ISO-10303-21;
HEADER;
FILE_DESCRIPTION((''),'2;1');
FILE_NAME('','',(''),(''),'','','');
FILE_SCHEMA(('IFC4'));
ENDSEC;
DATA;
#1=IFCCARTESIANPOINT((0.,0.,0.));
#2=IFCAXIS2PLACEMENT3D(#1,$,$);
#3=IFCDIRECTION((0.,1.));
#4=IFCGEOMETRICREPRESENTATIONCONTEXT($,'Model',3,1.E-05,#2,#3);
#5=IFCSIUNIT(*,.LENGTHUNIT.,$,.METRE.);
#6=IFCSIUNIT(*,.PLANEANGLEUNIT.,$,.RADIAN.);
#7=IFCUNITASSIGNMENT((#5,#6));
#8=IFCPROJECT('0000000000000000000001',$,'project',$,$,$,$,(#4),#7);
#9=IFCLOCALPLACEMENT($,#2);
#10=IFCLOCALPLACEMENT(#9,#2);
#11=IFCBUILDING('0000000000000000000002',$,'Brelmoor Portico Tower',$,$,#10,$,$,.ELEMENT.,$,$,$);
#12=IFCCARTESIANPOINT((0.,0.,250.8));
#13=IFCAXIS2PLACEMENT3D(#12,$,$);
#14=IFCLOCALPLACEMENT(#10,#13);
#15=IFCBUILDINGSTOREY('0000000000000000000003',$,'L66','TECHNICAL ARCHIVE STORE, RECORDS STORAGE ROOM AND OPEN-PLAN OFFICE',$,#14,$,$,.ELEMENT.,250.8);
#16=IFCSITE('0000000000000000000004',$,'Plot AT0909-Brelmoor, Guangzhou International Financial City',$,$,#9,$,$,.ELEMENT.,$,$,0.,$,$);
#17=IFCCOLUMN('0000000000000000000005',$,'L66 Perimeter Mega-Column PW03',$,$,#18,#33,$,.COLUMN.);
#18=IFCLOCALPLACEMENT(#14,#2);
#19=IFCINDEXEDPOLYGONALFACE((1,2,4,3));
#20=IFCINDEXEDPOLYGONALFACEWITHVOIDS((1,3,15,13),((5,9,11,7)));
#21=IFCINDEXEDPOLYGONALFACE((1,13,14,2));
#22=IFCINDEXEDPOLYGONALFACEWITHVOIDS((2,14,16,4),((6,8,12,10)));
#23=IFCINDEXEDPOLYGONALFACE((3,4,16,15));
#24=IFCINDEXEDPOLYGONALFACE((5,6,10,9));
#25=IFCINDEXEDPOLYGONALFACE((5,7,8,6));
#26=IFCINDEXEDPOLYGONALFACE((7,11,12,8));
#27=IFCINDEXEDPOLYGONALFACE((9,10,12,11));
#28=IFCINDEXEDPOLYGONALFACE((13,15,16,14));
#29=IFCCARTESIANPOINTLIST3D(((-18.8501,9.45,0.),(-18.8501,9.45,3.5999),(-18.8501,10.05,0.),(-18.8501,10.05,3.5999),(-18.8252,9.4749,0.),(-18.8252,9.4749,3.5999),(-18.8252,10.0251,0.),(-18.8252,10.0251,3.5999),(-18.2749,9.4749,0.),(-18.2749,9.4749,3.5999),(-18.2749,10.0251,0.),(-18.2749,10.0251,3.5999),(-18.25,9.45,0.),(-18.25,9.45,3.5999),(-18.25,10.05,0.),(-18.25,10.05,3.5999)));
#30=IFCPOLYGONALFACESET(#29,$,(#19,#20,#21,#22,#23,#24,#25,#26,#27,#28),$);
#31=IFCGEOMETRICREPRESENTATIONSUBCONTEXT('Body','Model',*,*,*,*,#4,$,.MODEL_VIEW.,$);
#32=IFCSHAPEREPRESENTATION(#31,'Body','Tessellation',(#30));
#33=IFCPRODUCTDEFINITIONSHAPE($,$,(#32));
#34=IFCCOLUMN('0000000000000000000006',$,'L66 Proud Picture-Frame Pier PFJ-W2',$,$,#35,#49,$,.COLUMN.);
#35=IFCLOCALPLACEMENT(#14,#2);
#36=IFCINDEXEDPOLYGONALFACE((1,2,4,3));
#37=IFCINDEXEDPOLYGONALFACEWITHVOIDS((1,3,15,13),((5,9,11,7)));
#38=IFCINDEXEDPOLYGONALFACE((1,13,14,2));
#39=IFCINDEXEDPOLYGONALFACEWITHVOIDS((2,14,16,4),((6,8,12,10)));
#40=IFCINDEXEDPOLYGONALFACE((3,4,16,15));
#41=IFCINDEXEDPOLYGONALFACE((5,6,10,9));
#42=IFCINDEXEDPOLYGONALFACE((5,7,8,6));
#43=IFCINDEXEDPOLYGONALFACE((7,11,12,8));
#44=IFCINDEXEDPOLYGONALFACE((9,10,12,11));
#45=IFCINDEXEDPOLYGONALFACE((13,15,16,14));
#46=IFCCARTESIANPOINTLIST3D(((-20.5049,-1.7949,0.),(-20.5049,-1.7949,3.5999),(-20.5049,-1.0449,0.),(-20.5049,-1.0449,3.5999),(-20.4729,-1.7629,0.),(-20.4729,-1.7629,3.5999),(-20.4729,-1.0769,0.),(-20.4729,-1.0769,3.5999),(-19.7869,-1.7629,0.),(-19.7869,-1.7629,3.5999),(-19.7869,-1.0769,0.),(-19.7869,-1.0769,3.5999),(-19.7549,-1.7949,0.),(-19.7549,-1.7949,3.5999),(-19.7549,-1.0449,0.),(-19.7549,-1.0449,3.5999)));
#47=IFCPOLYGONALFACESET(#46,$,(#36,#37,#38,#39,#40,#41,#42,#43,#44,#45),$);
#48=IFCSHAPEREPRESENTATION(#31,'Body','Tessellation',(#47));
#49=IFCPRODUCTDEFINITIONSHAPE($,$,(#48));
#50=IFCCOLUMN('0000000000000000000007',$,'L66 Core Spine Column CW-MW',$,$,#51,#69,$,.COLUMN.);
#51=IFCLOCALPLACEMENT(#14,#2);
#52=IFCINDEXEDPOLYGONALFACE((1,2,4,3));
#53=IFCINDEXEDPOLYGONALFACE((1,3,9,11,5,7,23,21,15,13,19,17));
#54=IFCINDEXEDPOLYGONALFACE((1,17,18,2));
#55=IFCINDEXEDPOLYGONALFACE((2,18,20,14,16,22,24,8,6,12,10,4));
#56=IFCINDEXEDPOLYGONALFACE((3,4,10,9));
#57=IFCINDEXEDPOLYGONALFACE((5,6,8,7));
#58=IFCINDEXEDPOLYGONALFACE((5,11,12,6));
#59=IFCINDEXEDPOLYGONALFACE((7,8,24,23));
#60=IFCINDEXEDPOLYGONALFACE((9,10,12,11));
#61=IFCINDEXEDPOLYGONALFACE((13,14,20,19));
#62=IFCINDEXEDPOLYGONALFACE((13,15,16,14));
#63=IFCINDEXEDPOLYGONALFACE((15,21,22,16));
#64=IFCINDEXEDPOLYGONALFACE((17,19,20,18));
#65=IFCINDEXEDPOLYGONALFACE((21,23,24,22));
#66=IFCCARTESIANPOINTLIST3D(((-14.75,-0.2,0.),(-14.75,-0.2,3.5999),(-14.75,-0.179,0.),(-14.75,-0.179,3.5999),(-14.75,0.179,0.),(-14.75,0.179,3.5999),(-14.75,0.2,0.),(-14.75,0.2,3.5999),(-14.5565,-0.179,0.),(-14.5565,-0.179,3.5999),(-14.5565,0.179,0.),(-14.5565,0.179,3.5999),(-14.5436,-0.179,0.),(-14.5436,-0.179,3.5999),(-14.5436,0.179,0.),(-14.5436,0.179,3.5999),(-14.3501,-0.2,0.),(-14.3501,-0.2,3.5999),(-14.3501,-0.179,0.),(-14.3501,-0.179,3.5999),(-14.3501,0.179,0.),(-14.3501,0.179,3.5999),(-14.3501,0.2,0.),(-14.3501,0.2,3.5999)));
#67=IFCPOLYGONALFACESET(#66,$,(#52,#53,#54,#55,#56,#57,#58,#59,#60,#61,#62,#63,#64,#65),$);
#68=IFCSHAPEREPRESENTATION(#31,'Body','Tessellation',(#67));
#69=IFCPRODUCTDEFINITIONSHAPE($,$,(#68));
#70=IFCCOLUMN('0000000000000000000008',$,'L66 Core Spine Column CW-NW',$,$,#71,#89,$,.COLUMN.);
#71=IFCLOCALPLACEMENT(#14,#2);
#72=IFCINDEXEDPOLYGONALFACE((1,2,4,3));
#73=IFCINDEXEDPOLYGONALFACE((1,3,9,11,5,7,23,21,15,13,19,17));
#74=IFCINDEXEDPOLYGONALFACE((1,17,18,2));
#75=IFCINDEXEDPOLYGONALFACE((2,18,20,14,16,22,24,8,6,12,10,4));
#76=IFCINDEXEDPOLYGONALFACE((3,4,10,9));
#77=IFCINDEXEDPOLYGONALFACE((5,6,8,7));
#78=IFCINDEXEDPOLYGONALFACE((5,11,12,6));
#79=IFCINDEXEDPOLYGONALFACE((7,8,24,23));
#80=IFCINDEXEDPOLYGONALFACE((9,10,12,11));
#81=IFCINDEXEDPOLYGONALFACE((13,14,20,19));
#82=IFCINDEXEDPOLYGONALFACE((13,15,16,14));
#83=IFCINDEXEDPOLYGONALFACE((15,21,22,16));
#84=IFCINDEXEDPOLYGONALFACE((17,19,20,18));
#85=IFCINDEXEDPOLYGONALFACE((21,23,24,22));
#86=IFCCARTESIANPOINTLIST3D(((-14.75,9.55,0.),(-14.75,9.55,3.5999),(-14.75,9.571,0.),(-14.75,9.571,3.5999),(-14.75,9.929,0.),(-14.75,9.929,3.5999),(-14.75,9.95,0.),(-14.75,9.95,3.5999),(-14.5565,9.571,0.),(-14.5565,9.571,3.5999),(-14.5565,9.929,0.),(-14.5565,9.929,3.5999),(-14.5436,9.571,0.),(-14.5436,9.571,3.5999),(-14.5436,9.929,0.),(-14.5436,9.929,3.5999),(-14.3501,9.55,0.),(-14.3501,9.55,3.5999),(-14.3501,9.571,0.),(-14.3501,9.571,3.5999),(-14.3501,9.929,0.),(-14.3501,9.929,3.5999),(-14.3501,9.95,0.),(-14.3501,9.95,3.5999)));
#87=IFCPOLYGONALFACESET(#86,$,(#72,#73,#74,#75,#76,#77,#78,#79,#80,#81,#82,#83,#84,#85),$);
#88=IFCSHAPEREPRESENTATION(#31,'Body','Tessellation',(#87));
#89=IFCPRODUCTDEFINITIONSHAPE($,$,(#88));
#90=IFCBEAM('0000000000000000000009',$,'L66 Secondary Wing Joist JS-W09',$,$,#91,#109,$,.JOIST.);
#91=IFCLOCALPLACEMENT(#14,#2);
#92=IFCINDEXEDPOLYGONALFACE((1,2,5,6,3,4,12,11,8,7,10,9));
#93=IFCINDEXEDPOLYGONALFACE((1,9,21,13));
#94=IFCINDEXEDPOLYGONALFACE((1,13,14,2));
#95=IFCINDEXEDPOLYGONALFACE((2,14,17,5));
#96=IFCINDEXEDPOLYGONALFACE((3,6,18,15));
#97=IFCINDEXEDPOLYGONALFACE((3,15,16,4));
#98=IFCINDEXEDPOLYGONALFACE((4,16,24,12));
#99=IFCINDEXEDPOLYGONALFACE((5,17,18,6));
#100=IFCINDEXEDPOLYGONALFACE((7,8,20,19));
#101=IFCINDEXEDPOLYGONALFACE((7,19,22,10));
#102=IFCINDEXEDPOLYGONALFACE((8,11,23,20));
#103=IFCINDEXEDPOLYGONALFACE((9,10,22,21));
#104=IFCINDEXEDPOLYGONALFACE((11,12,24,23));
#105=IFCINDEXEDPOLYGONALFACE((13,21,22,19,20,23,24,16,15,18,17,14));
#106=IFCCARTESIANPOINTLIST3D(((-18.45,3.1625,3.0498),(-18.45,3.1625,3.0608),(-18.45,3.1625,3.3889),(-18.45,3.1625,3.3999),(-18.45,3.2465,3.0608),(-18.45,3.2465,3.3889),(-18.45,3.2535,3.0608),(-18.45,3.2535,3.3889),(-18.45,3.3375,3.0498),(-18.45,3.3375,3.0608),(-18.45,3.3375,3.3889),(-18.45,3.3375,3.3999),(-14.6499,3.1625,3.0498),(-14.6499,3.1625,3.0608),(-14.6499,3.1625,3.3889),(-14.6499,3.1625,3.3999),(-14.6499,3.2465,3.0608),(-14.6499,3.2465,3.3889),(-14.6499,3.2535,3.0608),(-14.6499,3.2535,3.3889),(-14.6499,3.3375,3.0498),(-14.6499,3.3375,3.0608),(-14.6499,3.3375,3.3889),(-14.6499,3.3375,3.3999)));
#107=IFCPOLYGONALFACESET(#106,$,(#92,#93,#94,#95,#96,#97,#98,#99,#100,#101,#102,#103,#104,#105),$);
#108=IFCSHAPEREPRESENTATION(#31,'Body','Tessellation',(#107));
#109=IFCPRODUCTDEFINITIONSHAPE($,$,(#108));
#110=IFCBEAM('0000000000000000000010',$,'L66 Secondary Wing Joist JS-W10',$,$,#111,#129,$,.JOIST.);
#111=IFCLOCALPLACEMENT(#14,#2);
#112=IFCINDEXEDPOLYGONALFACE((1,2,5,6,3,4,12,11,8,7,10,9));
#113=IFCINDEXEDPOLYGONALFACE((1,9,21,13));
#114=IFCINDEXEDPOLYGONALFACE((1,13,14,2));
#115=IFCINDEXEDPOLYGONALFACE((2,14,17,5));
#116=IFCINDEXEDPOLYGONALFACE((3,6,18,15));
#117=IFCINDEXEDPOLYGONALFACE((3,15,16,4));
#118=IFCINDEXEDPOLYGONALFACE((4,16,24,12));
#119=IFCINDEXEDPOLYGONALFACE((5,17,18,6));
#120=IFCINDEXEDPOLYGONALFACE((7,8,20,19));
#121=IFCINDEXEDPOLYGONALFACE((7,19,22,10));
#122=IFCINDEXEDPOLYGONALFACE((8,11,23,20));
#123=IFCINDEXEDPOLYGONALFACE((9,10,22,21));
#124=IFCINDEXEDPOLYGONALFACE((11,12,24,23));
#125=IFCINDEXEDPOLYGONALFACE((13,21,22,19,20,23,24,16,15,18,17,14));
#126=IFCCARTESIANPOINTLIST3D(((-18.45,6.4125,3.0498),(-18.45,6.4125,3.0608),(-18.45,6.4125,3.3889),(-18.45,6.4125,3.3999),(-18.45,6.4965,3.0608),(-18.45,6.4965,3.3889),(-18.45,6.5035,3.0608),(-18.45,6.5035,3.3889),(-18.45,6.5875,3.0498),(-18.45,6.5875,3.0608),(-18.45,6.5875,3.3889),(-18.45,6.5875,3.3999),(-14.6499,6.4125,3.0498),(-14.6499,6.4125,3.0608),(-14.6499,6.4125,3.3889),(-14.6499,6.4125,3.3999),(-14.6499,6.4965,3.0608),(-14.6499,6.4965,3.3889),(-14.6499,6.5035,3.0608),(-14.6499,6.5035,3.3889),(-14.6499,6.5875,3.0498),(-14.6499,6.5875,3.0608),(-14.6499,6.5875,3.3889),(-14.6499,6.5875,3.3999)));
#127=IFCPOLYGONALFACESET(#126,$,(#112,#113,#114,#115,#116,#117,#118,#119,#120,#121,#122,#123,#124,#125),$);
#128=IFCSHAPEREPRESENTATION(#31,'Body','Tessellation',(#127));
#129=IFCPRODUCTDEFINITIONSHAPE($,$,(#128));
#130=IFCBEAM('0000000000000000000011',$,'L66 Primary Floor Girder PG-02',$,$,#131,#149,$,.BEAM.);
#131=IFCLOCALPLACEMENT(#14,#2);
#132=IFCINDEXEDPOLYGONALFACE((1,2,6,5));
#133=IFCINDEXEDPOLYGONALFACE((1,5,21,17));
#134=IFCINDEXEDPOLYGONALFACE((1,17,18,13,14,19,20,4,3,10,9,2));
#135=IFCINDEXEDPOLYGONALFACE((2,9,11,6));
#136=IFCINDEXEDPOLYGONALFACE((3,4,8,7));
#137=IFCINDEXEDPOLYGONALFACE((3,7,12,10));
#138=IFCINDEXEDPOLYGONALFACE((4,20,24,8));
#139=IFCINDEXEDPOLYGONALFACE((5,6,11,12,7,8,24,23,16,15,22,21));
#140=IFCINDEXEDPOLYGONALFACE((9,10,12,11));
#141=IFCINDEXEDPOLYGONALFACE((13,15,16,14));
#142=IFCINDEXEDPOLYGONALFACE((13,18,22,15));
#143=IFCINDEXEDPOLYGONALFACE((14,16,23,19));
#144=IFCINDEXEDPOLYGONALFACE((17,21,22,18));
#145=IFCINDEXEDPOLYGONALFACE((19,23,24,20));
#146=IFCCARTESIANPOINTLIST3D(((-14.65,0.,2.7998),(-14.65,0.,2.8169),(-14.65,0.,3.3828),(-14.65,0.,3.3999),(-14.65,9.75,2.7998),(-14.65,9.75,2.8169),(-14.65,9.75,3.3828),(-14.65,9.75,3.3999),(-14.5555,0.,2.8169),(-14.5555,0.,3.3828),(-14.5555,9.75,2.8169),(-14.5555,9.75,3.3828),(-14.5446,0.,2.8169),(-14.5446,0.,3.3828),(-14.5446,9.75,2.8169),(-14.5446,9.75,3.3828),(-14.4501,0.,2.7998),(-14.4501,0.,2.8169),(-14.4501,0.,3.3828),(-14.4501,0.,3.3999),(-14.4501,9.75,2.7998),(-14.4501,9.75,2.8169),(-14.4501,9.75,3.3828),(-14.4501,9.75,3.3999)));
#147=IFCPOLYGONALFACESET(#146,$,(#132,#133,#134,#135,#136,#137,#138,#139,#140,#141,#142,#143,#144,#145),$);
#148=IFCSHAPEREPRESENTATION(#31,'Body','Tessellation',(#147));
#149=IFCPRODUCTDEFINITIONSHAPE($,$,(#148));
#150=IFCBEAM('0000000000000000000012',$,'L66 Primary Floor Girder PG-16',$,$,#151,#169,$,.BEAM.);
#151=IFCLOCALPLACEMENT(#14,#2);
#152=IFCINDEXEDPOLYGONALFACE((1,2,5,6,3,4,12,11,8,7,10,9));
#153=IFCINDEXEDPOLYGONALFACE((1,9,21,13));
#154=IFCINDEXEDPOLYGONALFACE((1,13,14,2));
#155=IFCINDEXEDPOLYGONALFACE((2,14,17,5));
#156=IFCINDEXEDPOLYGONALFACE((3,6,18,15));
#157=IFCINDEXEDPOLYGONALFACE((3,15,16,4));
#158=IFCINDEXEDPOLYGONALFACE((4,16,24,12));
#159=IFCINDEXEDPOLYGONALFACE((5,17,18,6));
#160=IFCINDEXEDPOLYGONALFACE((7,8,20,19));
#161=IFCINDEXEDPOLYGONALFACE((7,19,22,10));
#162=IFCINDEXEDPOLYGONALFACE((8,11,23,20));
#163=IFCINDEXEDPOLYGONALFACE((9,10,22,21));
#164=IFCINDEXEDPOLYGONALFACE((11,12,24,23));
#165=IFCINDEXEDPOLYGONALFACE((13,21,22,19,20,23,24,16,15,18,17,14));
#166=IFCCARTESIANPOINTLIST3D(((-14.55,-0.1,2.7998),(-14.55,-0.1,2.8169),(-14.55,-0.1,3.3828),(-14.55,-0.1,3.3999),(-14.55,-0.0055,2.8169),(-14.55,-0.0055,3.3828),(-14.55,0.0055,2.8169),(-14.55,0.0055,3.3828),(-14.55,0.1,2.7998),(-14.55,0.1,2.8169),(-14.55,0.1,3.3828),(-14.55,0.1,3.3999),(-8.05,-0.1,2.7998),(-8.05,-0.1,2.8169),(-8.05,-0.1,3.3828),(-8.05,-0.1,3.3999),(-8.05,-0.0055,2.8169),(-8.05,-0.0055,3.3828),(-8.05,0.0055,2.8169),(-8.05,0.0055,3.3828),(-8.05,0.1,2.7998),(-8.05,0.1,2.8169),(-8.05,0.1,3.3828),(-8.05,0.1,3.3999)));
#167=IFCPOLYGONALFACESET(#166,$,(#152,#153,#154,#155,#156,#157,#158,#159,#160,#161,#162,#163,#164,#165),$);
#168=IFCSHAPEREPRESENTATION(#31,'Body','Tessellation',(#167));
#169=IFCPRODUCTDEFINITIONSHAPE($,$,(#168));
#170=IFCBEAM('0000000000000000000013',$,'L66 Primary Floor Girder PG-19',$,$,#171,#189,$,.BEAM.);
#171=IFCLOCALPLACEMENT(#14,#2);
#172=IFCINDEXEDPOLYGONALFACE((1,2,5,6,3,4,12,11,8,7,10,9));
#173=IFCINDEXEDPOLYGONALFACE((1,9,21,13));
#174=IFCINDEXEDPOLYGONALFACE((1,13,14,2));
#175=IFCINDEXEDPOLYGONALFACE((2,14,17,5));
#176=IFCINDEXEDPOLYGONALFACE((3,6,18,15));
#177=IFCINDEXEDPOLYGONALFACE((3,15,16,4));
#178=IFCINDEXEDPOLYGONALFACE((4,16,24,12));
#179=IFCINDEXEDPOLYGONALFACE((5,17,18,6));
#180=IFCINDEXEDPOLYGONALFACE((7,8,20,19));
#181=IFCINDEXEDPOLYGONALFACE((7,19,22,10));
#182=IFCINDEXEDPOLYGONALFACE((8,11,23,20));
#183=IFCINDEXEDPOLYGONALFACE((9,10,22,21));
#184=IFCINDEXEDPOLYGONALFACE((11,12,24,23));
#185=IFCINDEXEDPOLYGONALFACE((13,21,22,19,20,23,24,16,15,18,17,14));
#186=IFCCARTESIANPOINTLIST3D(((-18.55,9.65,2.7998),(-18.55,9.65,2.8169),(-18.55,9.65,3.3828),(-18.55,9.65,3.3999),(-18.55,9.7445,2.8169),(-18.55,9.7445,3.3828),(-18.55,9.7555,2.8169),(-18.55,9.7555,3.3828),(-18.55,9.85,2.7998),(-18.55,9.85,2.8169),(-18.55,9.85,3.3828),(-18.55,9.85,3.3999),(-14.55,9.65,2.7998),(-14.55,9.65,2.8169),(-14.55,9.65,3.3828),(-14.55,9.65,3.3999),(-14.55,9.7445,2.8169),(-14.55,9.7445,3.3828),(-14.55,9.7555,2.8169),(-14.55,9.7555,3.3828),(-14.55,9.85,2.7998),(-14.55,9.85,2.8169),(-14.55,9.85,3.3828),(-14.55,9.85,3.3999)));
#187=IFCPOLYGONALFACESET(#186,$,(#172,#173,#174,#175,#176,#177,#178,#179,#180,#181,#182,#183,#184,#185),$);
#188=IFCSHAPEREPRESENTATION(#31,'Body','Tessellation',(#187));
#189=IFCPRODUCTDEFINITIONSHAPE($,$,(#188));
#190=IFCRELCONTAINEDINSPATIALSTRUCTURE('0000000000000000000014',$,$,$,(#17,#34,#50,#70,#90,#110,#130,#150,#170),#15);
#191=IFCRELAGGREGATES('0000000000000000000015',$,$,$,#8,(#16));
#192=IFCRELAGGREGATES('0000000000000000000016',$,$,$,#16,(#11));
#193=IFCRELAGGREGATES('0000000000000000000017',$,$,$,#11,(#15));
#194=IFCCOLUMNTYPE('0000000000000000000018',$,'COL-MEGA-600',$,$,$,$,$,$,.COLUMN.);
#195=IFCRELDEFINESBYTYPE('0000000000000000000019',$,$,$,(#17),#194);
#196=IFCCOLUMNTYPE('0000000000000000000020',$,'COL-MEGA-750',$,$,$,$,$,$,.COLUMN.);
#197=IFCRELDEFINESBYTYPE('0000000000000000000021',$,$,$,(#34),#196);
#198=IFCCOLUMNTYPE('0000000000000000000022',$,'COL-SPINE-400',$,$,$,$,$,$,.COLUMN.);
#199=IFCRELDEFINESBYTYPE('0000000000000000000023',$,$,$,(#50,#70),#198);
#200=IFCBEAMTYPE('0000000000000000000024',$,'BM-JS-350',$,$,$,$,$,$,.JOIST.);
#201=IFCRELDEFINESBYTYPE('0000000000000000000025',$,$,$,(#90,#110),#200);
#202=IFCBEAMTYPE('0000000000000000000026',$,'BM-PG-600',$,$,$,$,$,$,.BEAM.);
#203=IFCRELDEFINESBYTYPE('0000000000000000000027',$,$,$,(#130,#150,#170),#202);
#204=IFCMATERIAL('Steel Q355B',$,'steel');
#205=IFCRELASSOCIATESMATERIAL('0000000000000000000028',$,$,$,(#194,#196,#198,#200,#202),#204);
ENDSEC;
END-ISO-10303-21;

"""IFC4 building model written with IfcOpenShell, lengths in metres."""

from ifc_helpers import new_model, si_unit, direction, frame, origin, origin_2d, place, context, subcontext, project, spatial, hollow_rectangle, i_section, extrude, material, material_profile, profile_set, type_object, element, save


model = new_model("IFC4")

# Units and contexts
model_context = context("Model", 3, precision=1e-05, world=origin(), true_north=direction((0.0, 1.0)))
body_context = subcontext(model_context, "Body", "Model", "MODEL_VIEW")
ifc_project = project(units=[si_unit("LENGTHUNIT", "METRE"), si_unit("PLANEANGLEUNIT", "RADIAN")], contexts=[model_context])

# Site, building, storey
site_placement = place(None, origin())
site = spatial("IfcSite", under=ifc_project, at=site_placement, Name="Plot AT0909-Brelmoor, Guangzhou International Financial City", CompositionType="ELEMENT", RefElevation=0.0)
building_placement = place(site_placement, origin())
building = spatial("IfcBuilding", under=site, at=building_placement, Name="Brelmoor Portico Tower", CompositionType="ELEMENT")
storey_placement = place(building_placement, frame((0.0, 0.0, 250.8)))
storey = spatial("IfcBuildingStorey", under=building, at=storey_placement, Name="L66", Description="TECHNICAL ARCHIVE STORE, RECORDS STORAGE ROOM AND OPEN-PLAN OFFICE", CompositionType="ELEMENT", Elevation=250.8)

# Columns
ifc_material_1 = material(Name="Steel Q355B", Category="steel")
ifc_material_profile_1 = material_profile(ifc_material_1, hollow_rectangle(XDim=0.6001, YDim=0.6001, WallThickness=0.0249, at=origin_2d()), Name="BOX 600x600x25")
ifc_profile_set_1 = profile_set([ifc_material_profile_1], Name="Steel Q355B")
column_type_1 = type_object("IfcColumnType", Name="COL-MEGA-600", PredefinedType="COLUMN", material=ifc_profile_set_1)
column_1_placement = place(storey_placement, frame((-18.55, 9.75, 0.0), z_axis=(0.0, 0.0, 1.0), x_axis=(0.0, 1.0, 0.0)))
element("IfcColumn", 1, at=column_1_placement, inside=storey, type_object=column_type_1, Name="L66 Perimeter Mega-Column PW03", PredefinedType="COLUMN", context=body_context, shape_type="SweptSolid", body=[
    extrude(hollow_rectangle(XDim=0.6001, YDim=0.6001, WallThickness=0.0249, at=origin_2d()), origin(), (0.0, 0.0, 1.0), 3.5999),
])
ifc_material_profile_2 = material_profile(ifc_material_1, hollow_rectangle(XDim=0.75, YDim=0.75, WallThickness=0.032, at=origin_2d()), Name="BOX 750x750x32")
ifc_profile_set_2 = profile_set([ifc_material_profile_2], Name="Steel Q355B")
column_type_2 = type_object("IfcColumnType", Name="COL-MEGA-750", PredefinedType="COLUMN", material=ifc_profile_set_2)
column_2_placement = place(storey_placement, frame((-20.1299, -1.4199, 0.0), z_axis=(0.0, 0.0, 1.0), x_axis=(0.0, 1.0, 0.0)))
element("IfcColumn", 2, at=column_2_placement, inside=storey, type_object=column_type_2, Name="L66 Proud Picture-Frame Pier PFJ-W2", PredefinedType="COLUMN", context=body_context, shape_type="SweptSolid", body=[
    extrude(hollow_rectangle(XDim=0.75, YDim=0.75, WallThickness=0.032, at=origin_2d()), origin(), (0.0, 0.0, 1.0), 3.5999),
])
ifc_material_profile_3 = material_profile(ifc_material_1, i_section(OverallWidth=0.3999, OverallDepth=0.3999, WebThickness=0.0129, FlangeThickness=0.021, at=origin_2d()), Name="HW 400x400x13x21")
ifc_profile_set_3 = profile_set([ifc_material_profile_3], Name="Steel Q355B")
column_type_3 = type_object("IfcColumnType", Name="COL-SPINE-400", PredefinedType="COLUMN", material=ifc_profile_set_3)
for number, where, z_axis, x_axis, name in (
    (3, (-14.55, 0.0, 0.0), (0.0, 0.0, 1.0), (1.0, 0.0, 0.0), "L66 Core Spine Column CW-MW"),
    (4, (-14.55, 9.75, 0.0), (0.0, 0.0, 1.0), (1.0, 0.0, 0.0), "L66 Core Spine Column CW-NW"),
):
    element("IfcColumn", number, at=place(storey_placement, frame(where, z_axis=z_axis, x_axis=x_axis)), inside=storey, type_object=column_type_3, Name=name, PredefinedType="COLUMN", context=body_context, shape_type="SweptSolid", body=[
        extrude(i_section(OverallWidth=0.3999, OverallDepth=0.3999, WebThickness=0.0129, FlangeThickness=0.021, at=origin_2d()), origin(), (0.0, 0.0, 1.0), 3.5999),
    ])

# Beams
ifc_material_profile_4 = material_profile(ifc_material_1, i_section(OverallWidth=0.175, OverallDepth=0.3501, WebThickness=0.0071, FlangeThickness=0.011, at=origin_2d()), Name="HN 350x175x7x11")
ifc_profile_set_4 = profile_set([ifc_material_profile_4], Name="Steel Q355B")
beam_type_1 = type_object("IfcBeamType", Name="BM-JS-350", PredefinedType="JOIST", material=ifc_profile_set_4)
for number, where, z_axis, x_axis, name in (
    (5, (-18.45, 3.25, 3.2249), (1.0, 0.0, 0.0), (0.0, 1.0, 0.0), "L66 Secondary Wing Joist JS-W09"),
    (6, (-18.45, 6.5, 3.2249), (1.0, 0.0, 0.0), (0.0, 1.0, 0.0), "L66 Secondary Wing Joist JS-W10"),
):
    element("IfcBeam", number, at=place(storey_placement, frame(where, z_axis=z_axis, x_axis=x_axis)), inside=storey, type_object=beam_type_1, Name=name, PredefinedType="JOIST", context=body_context, shape_type="SweptSolid", body=[
        extrude(i_section(OverallWidth=0.175, OverallDepth=0.3501, WebThickness=0.0071, FlangeThickness=0.011, at=origin_2d()), origin(), (0.0, 0.0, 1.0), 3.8),
    ])
ifc_material_profile_5 = material_profile(ifc_material_1, i_section(OverallWidth=0.2, OverallDepth=0.6001, WebThickness=0.011, FlangeThickness=0.0171, at=origin_2d()), Name="HN 600x200x11x17")
ifc_profile_set_5 = profile_set([ifc_material_profile_5], Name="Steel Q355B")
beam_type_2 = type_object("IfcBeamType", Name="BM-PG-600", PredefinedType="BEAM", material=ifc_profile_set_5)
beam_1_placement = place(storey_placement, frame((-14.55, 0.0, 3.0999), z_axis=(0.0, 1.0, 0.0), x_axis=(-1.0, 0.0, 0.0)))
element("IfcBeam", 7, at=beam_1_placement, inside=storey, type_object=beam_type_2, Name="L66 Primary Floor Girder PG-02", PredefinedType="BEAM", context=body_context, shape_type="SweptSolid", body=[
    extrude(i_section(OverallWidth=0.2, OverallDepth=0.6001, WebThickness=0.011, FlangeThickness=0.0171, at=origin_2d()), origin(), (0.0, 0.0, 1.0), 9.75),
])
beam_2_placement = place(storey_placement, frame((-14.55, 0.0, 3.0999), z_axis=(1.0, 0.0, 0.0), x_axis=(0.0, 1.0, 0.0)))
element("IfcBeam", 8, at=beam_2_placement, inside=storey, type_object=beam_type_2, Name="L66 Primary Floor Girder PG-16", PredefinedType="BEAM", context=body_context, shape_type="SweptSolid", body=[
    extrude(i_section(OverallWidth=0.2, OverallDepth=0.6001, WebThickness=0.011, FlangeThickness=0.0171, at=origin_2d()), origin(), (0.0, 0.0, 1.0), 6.5),
])
beam_3_placement = place(storey_placement, frame((-18.55, 9.75, 3.0999), z_axis=(1.0, 0.0, 0.0), x_axis=(0.0, 1.0, 0.0)))
element("IfcBeam", 9, at=beam_3_placement, inside=storey, type_object=beam_type_2, Name="L66 Primary Floor Girder PG-19", PredefinedType="BEAM", context=body_context, shape_type="SweptSolid", body=[
    extrude(i_section(OverallWidth=0.2, OverallDepth=0.6001, WebThickness=0.011, FlangeThickness=0.0171, at=origin_2d()), origin(), (0.0, 0.0, 1.0), 4.0),
])

save(model, "model.ifc")
